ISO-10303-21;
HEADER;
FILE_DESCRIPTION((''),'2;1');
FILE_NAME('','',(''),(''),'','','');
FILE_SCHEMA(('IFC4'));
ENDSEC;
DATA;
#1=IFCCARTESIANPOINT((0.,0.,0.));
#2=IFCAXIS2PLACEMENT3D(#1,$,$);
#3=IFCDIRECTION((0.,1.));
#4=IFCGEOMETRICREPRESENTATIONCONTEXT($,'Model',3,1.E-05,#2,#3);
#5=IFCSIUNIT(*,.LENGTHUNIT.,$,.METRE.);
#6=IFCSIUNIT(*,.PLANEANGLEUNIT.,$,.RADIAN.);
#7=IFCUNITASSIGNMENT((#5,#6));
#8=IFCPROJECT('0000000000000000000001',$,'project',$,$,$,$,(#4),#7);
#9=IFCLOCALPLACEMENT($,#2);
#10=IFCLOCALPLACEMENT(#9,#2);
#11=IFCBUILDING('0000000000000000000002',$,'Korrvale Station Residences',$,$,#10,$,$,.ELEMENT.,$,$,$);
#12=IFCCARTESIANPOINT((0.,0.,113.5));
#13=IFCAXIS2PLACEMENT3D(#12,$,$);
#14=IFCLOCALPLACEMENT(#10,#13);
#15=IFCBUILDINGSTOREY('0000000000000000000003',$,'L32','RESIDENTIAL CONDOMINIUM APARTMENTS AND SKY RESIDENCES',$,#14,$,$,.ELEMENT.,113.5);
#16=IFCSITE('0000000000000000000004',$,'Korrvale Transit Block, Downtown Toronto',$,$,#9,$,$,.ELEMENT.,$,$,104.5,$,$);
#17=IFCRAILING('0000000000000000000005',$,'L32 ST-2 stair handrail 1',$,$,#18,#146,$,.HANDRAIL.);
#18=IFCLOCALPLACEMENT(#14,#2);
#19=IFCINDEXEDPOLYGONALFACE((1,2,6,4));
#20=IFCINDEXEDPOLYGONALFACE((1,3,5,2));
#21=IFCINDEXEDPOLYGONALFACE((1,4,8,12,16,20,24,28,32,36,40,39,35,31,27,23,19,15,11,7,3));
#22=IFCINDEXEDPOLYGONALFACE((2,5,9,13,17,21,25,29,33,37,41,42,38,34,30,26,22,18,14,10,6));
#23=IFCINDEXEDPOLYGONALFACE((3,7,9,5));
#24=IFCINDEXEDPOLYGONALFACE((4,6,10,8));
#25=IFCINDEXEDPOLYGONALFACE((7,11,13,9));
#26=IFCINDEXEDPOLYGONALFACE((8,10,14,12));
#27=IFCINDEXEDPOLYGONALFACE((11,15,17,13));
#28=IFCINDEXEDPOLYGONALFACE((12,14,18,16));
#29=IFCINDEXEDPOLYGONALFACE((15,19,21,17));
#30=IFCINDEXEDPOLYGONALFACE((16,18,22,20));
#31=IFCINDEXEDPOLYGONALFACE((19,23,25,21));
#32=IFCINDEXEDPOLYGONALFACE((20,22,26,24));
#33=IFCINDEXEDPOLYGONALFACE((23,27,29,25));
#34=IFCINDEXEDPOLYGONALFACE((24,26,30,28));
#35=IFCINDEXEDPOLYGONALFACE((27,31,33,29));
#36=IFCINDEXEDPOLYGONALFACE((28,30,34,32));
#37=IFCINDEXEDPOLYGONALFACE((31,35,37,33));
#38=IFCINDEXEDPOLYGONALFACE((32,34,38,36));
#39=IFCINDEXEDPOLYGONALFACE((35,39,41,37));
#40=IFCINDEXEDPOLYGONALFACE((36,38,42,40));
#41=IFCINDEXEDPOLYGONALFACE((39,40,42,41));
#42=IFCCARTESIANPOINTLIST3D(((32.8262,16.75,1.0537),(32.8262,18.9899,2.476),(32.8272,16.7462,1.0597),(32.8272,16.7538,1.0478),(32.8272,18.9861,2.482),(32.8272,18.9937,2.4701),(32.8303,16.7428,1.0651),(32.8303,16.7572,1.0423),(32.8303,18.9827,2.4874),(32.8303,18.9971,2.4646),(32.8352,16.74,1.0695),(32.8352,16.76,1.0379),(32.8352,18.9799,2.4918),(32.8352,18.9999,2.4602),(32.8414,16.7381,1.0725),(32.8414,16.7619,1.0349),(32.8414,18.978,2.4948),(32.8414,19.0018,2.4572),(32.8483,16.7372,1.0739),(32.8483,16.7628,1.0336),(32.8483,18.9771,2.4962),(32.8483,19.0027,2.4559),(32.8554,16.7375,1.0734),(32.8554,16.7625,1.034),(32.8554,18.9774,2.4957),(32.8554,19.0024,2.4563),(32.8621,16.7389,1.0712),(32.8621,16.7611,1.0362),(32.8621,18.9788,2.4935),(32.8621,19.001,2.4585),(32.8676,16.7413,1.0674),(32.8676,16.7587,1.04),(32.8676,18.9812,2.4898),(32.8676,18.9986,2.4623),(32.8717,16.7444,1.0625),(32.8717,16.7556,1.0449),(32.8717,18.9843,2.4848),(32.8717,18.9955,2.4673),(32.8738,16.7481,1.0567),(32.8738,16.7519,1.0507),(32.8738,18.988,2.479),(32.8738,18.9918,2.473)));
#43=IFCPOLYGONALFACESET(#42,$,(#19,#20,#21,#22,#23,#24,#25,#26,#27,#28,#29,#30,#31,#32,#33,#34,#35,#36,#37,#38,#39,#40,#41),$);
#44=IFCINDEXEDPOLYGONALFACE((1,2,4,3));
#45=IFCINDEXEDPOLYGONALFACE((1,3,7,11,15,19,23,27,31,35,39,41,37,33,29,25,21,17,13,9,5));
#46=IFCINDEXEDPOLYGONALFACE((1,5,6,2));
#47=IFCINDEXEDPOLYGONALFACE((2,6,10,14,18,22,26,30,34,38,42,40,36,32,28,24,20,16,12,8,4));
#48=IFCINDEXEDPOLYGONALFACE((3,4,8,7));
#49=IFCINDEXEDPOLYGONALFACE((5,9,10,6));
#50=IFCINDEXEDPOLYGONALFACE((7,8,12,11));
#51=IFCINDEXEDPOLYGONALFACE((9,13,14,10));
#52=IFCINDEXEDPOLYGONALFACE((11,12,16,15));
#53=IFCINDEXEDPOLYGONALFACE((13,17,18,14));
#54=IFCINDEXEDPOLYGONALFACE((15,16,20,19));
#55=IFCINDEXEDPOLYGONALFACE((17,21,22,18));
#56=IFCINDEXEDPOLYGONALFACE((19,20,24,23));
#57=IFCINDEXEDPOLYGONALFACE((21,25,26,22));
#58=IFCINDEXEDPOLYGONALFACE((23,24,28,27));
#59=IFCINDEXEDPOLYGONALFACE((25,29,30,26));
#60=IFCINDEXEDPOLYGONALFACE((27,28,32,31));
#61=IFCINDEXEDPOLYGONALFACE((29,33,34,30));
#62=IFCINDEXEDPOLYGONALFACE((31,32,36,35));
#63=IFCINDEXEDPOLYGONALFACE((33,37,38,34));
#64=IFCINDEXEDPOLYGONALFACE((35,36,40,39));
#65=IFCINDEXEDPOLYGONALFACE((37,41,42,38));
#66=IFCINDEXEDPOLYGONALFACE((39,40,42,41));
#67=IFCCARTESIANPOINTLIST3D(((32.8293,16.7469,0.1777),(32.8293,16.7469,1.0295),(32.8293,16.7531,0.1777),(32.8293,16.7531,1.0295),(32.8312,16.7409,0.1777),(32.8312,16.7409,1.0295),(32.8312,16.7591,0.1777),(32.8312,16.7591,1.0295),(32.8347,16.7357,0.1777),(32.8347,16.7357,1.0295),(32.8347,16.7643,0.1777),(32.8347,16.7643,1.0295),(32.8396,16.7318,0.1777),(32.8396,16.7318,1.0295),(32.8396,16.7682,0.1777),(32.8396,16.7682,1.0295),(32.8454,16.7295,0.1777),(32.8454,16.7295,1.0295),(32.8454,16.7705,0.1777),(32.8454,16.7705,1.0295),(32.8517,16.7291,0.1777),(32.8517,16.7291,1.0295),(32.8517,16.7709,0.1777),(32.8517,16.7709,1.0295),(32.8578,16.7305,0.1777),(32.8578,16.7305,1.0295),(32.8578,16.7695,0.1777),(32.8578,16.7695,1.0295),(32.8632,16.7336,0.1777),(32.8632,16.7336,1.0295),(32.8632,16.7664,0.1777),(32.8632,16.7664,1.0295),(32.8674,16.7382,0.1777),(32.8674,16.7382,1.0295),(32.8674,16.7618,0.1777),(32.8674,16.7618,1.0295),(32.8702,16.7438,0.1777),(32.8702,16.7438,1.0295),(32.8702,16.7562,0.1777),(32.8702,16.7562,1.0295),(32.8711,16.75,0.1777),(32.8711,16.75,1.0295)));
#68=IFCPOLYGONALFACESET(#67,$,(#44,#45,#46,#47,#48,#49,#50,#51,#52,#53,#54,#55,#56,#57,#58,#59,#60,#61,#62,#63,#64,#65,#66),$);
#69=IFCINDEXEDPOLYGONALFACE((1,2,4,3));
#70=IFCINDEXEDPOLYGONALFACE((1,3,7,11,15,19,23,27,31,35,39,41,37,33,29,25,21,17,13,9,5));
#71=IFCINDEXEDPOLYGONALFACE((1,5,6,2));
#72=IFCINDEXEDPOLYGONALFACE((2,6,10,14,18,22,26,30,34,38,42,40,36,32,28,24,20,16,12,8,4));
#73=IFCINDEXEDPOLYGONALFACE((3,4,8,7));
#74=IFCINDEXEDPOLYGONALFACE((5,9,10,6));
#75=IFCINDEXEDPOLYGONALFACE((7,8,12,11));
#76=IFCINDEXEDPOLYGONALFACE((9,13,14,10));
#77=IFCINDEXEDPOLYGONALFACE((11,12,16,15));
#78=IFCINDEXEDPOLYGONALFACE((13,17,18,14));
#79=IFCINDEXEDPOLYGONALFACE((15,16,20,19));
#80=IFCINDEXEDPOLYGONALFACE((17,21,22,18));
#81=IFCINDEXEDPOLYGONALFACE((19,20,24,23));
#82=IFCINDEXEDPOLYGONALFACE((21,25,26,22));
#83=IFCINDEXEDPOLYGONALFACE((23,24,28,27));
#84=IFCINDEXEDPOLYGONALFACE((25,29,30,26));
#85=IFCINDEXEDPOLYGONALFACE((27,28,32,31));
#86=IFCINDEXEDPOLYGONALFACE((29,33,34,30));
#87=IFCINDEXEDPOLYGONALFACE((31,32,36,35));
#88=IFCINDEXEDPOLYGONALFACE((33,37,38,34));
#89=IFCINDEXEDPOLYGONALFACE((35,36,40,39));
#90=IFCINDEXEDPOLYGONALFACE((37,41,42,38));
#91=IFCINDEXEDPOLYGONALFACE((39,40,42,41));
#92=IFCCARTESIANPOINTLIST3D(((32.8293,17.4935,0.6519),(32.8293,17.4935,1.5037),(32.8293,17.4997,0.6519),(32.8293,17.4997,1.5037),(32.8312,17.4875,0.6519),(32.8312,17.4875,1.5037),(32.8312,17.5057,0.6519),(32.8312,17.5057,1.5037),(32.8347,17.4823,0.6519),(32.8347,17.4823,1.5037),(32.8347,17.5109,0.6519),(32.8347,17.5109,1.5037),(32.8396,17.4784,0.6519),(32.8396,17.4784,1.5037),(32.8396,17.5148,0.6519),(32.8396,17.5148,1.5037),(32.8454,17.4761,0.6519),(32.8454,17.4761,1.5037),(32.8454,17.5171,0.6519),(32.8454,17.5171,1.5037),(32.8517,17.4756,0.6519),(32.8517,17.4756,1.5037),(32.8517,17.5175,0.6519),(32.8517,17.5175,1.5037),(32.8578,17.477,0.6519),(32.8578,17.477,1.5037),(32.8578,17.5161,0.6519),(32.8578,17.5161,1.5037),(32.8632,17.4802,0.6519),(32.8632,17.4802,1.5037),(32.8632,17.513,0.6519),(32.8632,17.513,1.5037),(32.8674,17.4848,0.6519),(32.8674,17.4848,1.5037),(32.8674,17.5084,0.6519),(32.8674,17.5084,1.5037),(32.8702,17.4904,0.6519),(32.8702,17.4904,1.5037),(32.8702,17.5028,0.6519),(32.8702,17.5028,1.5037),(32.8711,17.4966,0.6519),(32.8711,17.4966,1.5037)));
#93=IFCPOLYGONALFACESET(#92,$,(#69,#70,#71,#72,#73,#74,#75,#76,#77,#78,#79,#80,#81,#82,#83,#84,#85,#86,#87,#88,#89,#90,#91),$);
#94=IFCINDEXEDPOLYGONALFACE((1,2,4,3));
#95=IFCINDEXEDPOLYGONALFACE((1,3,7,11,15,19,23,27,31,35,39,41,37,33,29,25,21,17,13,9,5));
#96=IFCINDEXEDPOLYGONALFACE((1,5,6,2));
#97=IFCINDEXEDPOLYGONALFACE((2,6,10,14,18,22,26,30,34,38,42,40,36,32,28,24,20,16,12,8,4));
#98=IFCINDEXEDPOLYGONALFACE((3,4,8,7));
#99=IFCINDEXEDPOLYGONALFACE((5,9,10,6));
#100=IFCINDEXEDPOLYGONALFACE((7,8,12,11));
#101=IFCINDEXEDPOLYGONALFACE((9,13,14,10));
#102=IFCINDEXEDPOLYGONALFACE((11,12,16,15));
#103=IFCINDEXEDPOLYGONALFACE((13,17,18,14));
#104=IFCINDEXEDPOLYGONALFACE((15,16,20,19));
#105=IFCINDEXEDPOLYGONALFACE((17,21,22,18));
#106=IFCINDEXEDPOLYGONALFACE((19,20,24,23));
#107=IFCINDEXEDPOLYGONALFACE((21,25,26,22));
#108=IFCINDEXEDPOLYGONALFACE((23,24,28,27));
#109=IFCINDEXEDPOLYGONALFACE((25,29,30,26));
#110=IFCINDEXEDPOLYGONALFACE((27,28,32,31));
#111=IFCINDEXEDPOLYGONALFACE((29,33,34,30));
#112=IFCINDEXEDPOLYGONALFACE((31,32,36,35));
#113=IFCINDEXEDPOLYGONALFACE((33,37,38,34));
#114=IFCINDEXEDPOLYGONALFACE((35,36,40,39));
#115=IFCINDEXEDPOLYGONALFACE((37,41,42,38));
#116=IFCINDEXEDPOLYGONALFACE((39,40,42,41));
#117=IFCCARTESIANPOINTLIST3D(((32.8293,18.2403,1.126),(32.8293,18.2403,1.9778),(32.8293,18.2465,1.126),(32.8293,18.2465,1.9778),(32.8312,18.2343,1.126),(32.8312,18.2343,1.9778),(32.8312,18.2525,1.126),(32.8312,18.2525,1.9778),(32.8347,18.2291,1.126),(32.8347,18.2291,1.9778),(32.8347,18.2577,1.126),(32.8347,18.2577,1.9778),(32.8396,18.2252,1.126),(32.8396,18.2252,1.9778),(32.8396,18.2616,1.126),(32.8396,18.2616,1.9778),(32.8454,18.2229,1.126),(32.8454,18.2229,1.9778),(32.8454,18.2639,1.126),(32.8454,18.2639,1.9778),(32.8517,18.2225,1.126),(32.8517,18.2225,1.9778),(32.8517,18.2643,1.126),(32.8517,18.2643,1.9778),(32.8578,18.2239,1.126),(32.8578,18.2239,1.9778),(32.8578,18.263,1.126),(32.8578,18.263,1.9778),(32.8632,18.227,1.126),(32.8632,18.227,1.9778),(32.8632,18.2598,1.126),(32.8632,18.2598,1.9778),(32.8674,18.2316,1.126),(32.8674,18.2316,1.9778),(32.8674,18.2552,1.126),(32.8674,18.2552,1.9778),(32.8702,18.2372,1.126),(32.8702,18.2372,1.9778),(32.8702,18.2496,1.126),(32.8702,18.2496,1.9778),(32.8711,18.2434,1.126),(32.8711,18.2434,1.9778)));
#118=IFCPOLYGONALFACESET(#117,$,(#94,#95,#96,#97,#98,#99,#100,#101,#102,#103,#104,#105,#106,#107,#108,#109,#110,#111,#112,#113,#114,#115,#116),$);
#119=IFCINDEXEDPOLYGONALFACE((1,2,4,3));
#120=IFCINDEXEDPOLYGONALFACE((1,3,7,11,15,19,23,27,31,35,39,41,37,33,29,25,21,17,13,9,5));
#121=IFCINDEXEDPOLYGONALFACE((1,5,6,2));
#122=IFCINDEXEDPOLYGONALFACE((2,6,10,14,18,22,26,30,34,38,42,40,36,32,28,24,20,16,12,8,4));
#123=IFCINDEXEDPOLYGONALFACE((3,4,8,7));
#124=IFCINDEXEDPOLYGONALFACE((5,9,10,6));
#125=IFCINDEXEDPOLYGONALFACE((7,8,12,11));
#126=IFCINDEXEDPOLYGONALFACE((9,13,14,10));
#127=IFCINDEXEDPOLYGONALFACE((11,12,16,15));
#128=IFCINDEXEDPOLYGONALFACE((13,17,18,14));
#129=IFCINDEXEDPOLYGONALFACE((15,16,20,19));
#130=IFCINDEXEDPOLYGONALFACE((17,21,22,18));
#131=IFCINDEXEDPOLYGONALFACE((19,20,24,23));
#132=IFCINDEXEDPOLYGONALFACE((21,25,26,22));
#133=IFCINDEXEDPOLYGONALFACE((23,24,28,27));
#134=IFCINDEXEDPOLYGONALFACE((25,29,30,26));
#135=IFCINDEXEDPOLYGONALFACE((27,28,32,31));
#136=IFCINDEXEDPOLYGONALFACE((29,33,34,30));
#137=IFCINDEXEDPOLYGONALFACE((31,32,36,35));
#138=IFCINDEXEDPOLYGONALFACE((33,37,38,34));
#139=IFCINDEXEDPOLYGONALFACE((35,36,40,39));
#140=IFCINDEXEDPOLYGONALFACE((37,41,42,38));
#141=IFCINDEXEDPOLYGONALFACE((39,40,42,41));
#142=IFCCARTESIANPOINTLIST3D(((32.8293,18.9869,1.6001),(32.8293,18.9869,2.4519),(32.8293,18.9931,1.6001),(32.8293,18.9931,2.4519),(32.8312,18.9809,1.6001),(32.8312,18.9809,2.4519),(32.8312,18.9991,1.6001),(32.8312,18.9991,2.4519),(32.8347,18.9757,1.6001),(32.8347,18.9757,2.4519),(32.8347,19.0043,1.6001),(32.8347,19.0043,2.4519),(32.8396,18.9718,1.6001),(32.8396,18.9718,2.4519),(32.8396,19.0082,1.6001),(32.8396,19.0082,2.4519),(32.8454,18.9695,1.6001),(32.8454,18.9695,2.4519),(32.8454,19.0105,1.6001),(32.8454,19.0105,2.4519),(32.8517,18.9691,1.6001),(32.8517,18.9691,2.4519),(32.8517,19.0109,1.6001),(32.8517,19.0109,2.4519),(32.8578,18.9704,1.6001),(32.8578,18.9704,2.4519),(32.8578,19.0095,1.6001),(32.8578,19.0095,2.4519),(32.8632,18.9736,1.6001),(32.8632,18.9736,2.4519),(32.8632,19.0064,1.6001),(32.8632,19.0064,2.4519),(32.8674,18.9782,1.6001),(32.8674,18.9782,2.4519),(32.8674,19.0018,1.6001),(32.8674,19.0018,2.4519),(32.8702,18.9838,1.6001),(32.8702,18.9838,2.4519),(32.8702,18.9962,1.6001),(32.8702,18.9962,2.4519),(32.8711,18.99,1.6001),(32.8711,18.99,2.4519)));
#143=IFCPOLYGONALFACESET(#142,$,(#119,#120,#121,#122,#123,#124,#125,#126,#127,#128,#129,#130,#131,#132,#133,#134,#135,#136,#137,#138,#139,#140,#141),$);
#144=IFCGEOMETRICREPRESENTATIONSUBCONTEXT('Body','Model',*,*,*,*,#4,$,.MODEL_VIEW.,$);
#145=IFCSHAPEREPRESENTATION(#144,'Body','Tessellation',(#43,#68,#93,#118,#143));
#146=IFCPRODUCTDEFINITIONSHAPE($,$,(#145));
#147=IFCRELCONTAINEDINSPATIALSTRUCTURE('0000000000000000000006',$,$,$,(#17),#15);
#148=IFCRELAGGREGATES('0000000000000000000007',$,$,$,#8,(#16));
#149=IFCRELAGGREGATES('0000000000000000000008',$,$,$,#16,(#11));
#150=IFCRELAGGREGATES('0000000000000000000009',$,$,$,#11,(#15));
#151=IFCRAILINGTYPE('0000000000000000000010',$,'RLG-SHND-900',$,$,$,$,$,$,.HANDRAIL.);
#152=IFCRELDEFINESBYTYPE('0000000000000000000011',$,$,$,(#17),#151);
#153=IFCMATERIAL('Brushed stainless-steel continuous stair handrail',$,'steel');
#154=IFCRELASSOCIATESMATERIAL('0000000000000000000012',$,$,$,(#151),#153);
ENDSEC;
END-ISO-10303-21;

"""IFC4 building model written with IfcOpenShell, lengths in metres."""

from ifc_helpers import new_model, si_unit, direction, frame, origin, origin_2d, place, context, subcontext, project, spatial, circle, extrude, material, type_object, element, save


model = new_model("IFC4")

# Units and contexts
model_context = context("Model", 3, precision=1e-05, world=origin(), true_north=direction((0.0, 1.0)))
body_context = subcontext(model_context, "Body", "Model", "MODEL_VIEW")
ifc_project = project(units=[si_unit("LENGTHUNIT", "METRE"), si_unit("PLANEANGLEUNIT", "RADIAN")], contexts=[model_context])

# Site, building, storey
site_placement = place(None, origin())
site = spatial("IfcSite", under=ifc_project, at=site_placement, Name="Korrvale Transit Block, Downtown Toronto", CompositionType="ELEMENT", RefElevation=104.5)
building_placement = place(site_placement, origin())
building = spatial("IfcBuilding", under=site, at=building_placement, Name="Korrvale Station Residences", CompositionType="ELEMENT")
storey_placement = place(building_placement, frame((0.0, 0.0, 113.5)))
storey = spatial("IfcBuildingStorey", under=building, at=storey_placement, Name="L32", Description="RESIDENTIAL CONDOMINIUM APARTMENTS AND SKY RESIDENCES", CompositionType="ELEMENT", Elevation=113.5)

# Railing
ifc_material_1 = material(Name="Brushed stainless-steel continuous stair handrail", Category="steel")
railing_type_1 = type_object("IfcRailingType", Name="RLG-SHND-900", PredefinedType="HANDRAIL", material=ifc_material_1)
railing_1_placement = place(storey_placement, frame((32.8501, 16.75, 0.1777)))
element("IfcRailing", 1, at=railing_1_placement, inside=storey, type_object=railing_type_1, Name="L32 ST-2 stair handrail 1", PredefinedType="HANDRAIL", context=body_context, shape_type="SweptSolid", body=[
    extrude(circle(Radius=0.0239, at=origin_2d()), frame((0.0, 0.0, 0.876), z_axis=(0.0, 0.844188, 0.536048), x_axis=(-1.0, 0.0, 0.0)), (0.0, 0.0, 1.0), 2.6533),
    extrude(circle(Radius=0.021, at=origin_2d()), origin(), (0.0, 0.0, 1.0), 0.8518),
    extrude(circle(Radius=0.021, at=origin_2d()), frame((0.0, 0.7466, 0.4741)), (0.0, 0.0, 1.0), 0.8518),
    extrude(circle(Radius=0.021, at=origin_2d()), frame((0.0, 1.4934, 0.9482)), (0.0, 0.0, 1.0), 0.8518),
    extrude(circle(Radius=0.021, at=origin_2d()), frame((0.0, 2.24, 1.4224)), (0.0, 0.0, 1.0), 0.8518),
])

save(model, "model.ifc")
